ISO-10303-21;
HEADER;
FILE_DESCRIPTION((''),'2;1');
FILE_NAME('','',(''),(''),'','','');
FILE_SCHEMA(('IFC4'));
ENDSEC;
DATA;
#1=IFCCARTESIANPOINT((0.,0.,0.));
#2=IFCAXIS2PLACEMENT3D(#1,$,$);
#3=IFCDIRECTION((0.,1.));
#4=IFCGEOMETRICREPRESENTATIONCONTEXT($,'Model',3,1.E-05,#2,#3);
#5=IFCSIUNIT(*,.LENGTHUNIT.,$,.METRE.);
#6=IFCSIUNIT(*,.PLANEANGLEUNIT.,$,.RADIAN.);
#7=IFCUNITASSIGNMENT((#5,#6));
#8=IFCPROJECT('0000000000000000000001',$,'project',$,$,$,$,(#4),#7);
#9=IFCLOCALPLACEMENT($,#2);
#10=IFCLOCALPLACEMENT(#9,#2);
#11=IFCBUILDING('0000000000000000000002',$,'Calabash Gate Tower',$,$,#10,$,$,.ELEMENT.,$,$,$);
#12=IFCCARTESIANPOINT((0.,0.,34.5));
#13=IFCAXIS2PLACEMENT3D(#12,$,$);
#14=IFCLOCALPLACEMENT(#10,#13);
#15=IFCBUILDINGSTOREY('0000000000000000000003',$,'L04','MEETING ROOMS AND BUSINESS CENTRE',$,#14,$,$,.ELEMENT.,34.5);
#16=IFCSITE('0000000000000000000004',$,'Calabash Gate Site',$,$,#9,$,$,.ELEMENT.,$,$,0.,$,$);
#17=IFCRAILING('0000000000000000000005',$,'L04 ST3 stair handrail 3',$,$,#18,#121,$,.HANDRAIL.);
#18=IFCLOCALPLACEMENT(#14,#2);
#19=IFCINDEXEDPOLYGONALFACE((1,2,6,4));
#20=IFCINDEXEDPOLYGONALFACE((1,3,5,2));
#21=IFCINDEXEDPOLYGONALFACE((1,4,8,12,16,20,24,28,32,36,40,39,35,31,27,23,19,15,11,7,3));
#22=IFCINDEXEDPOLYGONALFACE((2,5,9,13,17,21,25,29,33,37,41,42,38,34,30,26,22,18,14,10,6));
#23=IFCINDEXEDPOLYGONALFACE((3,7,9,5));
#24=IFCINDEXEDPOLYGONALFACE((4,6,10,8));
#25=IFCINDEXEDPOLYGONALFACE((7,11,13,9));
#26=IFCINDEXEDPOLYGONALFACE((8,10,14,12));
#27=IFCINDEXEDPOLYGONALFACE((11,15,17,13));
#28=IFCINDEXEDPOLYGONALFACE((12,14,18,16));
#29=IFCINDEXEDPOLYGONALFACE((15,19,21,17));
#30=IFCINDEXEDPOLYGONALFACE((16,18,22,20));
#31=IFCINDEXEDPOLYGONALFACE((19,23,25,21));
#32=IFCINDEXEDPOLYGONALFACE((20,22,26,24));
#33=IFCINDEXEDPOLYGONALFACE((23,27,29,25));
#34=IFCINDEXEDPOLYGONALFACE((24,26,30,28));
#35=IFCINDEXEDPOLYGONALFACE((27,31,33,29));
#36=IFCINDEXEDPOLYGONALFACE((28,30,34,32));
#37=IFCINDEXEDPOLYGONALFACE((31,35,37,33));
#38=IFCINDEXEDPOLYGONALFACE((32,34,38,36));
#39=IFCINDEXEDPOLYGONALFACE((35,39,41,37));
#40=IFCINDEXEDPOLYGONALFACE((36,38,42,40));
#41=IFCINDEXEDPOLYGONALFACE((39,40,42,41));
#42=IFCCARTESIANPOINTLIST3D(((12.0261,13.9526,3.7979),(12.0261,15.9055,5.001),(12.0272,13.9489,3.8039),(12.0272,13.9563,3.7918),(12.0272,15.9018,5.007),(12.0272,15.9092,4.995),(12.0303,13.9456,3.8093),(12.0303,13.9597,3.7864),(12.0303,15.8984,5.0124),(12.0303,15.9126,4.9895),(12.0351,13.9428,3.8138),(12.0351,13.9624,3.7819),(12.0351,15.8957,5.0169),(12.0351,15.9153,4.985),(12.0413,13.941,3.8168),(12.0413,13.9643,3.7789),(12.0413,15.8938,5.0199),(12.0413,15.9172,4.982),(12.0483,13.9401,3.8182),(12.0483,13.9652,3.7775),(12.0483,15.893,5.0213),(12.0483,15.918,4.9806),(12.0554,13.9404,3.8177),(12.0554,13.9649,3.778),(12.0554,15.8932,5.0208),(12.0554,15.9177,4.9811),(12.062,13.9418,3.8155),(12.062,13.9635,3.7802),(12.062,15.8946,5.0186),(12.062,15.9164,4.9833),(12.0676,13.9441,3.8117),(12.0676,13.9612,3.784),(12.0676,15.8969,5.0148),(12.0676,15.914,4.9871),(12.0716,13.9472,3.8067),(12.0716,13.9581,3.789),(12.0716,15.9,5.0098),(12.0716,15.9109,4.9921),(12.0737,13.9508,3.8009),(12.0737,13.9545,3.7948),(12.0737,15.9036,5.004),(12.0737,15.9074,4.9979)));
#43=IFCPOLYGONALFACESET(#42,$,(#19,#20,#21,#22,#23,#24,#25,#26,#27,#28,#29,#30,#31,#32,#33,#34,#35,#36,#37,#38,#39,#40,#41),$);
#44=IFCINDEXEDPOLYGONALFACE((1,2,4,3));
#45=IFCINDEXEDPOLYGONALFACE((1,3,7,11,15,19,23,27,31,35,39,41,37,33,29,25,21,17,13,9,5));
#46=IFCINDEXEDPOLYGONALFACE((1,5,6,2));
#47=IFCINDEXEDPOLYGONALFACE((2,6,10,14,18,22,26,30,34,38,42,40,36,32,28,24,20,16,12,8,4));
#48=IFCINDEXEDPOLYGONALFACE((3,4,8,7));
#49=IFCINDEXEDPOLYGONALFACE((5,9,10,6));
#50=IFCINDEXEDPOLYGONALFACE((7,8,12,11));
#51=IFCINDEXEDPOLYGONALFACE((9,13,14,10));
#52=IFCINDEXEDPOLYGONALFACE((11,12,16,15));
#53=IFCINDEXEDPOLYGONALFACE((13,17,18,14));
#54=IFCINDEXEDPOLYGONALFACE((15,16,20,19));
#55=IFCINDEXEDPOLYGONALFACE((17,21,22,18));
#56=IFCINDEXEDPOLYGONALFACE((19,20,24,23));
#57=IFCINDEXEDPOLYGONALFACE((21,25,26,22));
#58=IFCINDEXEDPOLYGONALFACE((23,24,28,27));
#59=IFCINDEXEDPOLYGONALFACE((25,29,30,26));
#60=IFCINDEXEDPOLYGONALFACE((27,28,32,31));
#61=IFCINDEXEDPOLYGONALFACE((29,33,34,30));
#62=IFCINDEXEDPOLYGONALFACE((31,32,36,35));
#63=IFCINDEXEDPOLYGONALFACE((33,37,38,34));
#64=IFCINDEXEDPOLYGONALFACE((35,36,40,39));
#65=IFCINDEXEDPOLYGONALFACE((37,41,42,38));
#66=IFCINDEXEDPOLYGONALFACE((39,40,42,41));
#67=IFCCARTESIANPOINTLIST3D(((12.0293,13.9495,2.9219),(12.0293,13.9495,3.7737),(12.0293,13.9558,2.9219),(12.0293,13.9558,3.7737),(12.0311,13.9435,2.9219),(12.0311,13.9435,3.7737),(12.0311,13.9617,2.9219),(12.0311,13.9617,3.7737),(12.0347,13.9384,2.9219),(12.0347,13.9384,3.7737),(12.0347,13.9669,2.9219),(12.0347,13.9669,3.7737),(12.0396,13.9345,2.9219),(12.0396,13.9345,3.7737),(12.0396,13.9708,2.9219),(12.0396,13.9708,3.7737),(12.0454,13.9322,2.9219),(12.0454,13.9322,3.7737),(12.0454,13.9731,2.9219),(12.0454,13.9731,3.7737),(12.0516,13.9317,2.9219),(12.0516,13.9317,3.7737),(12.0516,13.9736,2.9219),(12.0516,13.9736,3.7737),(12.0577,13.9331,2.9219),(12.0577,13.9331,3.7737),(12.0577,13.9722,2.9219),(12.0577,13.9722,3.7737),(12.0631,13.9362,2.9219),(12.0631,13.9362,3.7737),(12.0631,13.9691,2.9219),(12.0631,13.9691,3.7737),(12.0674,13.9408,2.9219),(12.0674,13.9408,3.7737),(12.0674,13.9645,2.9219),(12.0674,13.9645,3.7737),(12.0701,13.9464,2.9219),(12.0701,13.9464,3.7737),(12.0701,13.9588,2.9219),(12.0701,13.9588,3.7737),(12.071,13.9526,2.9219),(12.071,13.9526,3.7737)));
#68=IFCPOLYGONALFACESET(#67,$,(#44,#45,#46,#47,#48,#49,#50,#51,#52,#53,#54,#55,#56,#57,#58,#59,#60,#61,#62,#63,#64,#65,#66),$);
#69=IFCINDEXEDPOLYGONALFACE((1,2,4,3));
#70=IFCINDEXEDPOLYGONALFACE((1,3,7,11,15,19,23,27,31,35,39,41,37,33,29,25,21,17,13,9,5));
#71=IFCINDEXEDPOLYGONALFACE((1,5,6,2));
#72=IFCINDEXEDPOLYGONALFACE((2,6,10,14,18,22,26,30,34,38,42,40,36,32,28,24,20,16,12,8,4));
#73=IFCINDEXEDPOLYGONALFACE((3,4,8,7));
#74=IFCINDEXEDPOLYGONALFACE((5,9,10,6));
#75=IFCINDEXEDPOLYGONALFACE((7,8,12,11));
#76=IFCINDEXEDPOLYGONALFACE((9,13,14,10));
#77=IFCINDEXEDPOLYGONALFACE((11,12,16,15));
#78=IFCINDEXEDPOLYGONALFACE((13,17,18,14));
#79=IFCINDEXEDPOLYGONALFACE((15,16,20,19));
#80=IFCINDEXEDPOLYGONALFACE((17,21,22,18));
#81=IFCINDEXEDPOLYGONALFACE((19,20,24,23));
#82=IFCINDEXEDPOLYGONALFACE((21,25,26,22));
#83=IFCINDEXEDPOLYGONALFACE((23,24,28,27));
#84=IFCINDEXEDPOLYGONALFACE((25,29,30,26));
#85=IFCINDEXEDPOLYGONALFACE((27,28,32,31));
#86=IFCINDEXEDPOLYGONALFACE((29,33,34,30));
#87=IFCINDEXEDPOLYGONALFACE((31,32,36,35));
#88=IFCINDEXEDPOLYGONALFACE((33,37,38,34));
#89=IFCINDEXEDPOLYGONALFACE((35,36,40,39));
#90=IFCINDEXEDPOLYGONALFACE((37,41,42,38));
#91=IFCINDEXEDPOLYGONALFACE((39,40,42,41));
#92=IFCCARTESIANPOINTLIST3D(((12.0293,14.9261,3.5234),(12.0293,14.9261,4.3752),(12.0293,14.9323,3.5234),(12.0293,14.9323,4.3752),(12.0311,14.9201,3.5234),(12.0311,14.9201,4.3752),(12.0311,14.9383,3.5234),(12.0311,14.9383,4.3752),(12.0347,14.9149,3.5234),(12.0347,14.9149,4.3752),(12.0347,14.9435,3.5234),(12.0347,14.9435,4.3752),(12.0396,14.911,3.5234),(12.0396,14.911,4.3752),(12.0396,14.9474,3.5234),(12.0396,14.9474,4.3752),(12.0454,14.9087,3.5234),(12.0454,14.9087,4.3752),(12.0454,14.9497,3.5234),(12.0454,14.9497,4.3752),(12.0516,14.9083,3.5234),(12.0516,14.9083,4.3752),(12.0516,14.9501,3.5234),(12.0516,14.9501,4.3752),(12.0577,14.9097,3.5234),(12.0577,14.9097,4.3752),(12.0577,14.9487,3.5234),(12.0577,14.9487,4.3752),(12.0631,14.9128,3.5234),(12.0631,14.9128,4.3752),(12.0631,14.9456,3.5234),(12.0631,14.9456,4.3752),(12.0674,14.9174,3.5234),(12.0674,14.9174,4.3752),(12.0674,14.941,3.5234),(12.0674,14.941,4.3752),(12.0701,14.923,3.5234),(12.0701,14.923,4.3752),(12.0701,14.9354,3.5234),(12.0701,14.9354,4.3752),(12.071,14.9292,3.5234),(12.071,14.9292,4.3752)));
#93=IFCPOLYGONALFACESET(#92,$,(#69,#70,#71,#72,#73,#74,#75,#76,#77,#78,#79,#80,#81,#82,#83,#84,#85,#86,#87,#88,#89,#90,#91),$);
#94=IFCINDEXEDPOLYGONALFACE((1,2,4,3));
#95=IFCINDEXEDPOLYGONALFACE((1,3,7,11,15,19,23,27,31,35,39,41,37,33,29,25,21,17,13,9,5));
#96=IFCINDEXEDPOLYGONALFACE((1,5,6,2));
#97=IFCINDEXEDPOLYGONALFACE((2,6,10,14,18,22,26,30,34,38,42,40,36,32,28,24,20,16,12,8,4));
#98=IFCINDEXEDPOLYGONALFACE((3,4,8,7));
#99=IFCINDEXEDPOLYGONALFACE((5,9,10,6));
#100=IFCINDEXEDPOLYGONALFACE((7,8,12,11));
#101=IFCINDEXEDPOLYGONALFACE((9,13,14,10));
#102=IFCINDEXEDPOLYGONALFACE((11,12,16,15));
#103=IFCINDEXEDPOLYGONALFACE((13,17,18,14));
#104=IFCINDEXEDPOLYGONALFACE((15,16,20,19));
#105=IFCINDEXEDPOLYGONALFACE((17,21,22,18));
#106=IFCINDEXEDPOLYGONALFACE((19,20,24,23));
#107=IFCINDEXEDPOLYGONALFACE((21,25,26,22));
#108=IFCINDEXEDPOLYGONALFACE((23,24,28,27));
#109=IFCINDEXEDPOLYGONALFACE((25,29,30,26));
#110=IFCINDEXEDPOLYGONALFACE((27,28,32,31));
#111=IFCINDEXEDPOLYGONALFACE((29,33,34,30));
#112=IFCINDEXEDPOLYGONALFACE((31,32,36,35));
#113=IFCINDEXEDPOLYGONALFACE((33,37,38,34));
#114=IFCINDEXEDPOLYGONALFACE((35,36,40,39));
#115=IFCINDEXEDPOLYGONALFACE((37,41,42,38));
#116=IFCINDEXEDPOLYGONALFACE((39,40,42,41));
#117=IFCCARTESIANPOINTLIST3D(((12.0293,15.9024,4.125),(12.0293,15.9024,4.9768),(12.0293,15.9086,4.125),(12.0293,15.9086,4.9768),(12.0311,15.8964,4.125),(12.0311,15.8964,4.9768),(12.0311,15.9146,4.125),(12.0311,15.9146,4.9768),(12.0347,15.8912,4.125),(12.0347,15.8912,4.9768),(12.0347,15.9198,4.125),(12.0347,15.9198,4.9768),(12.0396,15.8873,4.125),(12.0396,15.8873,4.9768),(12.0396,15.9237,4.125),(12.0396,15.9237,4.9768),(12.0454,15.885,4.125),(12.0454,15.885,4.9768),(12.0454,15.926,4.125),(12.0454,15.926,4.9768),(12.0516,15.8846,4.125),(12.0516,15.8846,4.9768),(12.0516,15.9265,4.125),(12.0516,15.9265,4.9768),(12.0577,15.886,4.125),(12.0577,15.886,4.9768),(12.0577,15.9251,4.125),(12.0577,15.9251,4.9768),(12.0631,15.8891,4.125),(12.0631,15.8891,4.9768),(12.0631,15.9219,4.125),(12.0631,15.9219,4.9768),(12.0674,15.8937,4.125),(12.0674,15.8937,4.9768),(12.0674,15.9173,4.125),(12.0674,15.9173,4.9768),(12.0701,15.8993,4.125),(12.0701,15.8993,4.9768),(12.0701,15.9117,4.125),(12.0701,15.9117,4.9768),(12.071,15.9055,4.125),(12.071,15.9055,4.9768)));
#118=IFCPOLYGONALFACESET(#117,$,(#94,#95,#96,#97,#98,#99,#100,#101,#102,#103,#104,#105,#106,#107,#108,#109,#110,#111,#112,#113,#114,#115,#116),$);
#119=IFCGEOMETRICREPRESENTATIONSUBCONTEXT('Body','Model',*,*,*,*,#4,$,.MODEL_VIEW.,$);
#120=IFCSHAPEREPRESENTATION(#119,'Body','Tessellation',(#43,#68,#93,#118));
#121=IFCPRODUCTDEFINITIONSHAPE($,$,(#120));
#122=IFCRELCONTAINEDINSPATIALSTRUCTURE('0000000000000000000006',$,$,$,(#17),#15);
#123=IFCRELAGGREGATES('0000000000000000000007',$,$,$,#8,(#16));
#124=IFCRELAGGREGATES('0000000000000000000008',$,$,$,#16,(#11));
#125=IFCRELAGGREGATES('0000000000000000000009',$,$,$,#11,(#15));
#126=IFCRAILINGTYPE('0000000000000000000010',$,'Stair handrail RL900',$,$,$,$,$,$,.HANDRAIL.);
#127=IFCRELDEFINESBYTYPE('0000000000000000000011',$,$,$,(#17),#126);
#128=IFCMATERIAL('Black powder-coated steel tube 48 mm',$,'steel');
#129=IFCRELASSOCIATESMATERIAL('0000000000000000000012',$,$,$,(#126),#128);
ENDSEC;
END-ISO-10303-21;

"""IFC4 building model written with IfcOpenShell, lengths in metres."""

from ifc_helpers import new_model, si_unit, direction, frame, origin, origin_2d, place, context, subcontext, project, spatial, circle, extrude, material, type_object, element, save


model = new_model("IFC4")

# Units and contexts
model_context = context("Model", 3, precision=1e-05, world=origin(), true_north=direction((0.0, 1.0)))
body_context = subcontext(model_context, "Body", "Model", "MODEL_VIEW")
ifc_project = project(units=[si_unit("LENGTHUNIT", "METRE"), si_unit("PLANEANGLEUNIT", "RADIAN")], contexts=[model_context])

# Site, building, storey
site_placement = place(None, origin())
site = spatial("IfcSite", under=ifc_project, at=site_placement, Name="Calabash Gate Site", CompositionType="ELEMENT", RefElevation=0.0)
building_placement = place(site_placement, origin())
building = spatial("IfcBuilding", under=site, at=building_placement, Name="Calabash Gate Tower", CompositionType="ELEMENT")
storey_placement = place(building_placement, frame((0.0, 0.0, 34.5)))
storey = spatial("IfcBuildingStorey", under=building, at=storey_placement, Name="L04", Description="MEETING ROOMS AND BUSINESS CENTRE", CompositionType="ELEMENT", Elevation=34.5)

# Railing
ifc_material_1 = material(Name="Black powder-coated steel tube 48 mm", Category="steel")
railing_type = type_object("IfcRailingType", Name="Stair handrail RL900", PredefinedType="HANDRAIL", material=ifc_material_1)
railing_1_placement = place(storey_placement, frame((12.05, 13.9526, 2.9219)))
element("IfcRailing", 1, at=railing_1_placement, inside=storey, type_object=railing_type, Name="L04 ST3 stair handrail 3", PredefinedType="HANDRAIL", context=body_context, shape_type="SweptSolid", body=[
    extrude(circle(Radius=0.0239, at=origin_2d()), frame((0.0, 0.0, 0.876), z_axis=(0.0, 0.851395, 0.524525), x_axis=(-1.0, 0.0, 0.0)), (0.0, 0.0, 1.0), 2.2937),
    extrude(circle(Radius=0.021, at=origin_2d()), origin(), (0.0, 0.0, 1.0), 0.8518),
    extrude(circle(Radius=0.021, at=origin_2d()), frame((0.0, 0.9766, 0.6016)), (0.0, 0.0, 1.0), 0.8518),
    extrude(circle(Radius=0.021, at=origin_2d()), frame((0.0, 1.9529, 1.2031)), (0.0, 0.0, 1.0), 0.8518),
])

save(model, "model.ifc")
